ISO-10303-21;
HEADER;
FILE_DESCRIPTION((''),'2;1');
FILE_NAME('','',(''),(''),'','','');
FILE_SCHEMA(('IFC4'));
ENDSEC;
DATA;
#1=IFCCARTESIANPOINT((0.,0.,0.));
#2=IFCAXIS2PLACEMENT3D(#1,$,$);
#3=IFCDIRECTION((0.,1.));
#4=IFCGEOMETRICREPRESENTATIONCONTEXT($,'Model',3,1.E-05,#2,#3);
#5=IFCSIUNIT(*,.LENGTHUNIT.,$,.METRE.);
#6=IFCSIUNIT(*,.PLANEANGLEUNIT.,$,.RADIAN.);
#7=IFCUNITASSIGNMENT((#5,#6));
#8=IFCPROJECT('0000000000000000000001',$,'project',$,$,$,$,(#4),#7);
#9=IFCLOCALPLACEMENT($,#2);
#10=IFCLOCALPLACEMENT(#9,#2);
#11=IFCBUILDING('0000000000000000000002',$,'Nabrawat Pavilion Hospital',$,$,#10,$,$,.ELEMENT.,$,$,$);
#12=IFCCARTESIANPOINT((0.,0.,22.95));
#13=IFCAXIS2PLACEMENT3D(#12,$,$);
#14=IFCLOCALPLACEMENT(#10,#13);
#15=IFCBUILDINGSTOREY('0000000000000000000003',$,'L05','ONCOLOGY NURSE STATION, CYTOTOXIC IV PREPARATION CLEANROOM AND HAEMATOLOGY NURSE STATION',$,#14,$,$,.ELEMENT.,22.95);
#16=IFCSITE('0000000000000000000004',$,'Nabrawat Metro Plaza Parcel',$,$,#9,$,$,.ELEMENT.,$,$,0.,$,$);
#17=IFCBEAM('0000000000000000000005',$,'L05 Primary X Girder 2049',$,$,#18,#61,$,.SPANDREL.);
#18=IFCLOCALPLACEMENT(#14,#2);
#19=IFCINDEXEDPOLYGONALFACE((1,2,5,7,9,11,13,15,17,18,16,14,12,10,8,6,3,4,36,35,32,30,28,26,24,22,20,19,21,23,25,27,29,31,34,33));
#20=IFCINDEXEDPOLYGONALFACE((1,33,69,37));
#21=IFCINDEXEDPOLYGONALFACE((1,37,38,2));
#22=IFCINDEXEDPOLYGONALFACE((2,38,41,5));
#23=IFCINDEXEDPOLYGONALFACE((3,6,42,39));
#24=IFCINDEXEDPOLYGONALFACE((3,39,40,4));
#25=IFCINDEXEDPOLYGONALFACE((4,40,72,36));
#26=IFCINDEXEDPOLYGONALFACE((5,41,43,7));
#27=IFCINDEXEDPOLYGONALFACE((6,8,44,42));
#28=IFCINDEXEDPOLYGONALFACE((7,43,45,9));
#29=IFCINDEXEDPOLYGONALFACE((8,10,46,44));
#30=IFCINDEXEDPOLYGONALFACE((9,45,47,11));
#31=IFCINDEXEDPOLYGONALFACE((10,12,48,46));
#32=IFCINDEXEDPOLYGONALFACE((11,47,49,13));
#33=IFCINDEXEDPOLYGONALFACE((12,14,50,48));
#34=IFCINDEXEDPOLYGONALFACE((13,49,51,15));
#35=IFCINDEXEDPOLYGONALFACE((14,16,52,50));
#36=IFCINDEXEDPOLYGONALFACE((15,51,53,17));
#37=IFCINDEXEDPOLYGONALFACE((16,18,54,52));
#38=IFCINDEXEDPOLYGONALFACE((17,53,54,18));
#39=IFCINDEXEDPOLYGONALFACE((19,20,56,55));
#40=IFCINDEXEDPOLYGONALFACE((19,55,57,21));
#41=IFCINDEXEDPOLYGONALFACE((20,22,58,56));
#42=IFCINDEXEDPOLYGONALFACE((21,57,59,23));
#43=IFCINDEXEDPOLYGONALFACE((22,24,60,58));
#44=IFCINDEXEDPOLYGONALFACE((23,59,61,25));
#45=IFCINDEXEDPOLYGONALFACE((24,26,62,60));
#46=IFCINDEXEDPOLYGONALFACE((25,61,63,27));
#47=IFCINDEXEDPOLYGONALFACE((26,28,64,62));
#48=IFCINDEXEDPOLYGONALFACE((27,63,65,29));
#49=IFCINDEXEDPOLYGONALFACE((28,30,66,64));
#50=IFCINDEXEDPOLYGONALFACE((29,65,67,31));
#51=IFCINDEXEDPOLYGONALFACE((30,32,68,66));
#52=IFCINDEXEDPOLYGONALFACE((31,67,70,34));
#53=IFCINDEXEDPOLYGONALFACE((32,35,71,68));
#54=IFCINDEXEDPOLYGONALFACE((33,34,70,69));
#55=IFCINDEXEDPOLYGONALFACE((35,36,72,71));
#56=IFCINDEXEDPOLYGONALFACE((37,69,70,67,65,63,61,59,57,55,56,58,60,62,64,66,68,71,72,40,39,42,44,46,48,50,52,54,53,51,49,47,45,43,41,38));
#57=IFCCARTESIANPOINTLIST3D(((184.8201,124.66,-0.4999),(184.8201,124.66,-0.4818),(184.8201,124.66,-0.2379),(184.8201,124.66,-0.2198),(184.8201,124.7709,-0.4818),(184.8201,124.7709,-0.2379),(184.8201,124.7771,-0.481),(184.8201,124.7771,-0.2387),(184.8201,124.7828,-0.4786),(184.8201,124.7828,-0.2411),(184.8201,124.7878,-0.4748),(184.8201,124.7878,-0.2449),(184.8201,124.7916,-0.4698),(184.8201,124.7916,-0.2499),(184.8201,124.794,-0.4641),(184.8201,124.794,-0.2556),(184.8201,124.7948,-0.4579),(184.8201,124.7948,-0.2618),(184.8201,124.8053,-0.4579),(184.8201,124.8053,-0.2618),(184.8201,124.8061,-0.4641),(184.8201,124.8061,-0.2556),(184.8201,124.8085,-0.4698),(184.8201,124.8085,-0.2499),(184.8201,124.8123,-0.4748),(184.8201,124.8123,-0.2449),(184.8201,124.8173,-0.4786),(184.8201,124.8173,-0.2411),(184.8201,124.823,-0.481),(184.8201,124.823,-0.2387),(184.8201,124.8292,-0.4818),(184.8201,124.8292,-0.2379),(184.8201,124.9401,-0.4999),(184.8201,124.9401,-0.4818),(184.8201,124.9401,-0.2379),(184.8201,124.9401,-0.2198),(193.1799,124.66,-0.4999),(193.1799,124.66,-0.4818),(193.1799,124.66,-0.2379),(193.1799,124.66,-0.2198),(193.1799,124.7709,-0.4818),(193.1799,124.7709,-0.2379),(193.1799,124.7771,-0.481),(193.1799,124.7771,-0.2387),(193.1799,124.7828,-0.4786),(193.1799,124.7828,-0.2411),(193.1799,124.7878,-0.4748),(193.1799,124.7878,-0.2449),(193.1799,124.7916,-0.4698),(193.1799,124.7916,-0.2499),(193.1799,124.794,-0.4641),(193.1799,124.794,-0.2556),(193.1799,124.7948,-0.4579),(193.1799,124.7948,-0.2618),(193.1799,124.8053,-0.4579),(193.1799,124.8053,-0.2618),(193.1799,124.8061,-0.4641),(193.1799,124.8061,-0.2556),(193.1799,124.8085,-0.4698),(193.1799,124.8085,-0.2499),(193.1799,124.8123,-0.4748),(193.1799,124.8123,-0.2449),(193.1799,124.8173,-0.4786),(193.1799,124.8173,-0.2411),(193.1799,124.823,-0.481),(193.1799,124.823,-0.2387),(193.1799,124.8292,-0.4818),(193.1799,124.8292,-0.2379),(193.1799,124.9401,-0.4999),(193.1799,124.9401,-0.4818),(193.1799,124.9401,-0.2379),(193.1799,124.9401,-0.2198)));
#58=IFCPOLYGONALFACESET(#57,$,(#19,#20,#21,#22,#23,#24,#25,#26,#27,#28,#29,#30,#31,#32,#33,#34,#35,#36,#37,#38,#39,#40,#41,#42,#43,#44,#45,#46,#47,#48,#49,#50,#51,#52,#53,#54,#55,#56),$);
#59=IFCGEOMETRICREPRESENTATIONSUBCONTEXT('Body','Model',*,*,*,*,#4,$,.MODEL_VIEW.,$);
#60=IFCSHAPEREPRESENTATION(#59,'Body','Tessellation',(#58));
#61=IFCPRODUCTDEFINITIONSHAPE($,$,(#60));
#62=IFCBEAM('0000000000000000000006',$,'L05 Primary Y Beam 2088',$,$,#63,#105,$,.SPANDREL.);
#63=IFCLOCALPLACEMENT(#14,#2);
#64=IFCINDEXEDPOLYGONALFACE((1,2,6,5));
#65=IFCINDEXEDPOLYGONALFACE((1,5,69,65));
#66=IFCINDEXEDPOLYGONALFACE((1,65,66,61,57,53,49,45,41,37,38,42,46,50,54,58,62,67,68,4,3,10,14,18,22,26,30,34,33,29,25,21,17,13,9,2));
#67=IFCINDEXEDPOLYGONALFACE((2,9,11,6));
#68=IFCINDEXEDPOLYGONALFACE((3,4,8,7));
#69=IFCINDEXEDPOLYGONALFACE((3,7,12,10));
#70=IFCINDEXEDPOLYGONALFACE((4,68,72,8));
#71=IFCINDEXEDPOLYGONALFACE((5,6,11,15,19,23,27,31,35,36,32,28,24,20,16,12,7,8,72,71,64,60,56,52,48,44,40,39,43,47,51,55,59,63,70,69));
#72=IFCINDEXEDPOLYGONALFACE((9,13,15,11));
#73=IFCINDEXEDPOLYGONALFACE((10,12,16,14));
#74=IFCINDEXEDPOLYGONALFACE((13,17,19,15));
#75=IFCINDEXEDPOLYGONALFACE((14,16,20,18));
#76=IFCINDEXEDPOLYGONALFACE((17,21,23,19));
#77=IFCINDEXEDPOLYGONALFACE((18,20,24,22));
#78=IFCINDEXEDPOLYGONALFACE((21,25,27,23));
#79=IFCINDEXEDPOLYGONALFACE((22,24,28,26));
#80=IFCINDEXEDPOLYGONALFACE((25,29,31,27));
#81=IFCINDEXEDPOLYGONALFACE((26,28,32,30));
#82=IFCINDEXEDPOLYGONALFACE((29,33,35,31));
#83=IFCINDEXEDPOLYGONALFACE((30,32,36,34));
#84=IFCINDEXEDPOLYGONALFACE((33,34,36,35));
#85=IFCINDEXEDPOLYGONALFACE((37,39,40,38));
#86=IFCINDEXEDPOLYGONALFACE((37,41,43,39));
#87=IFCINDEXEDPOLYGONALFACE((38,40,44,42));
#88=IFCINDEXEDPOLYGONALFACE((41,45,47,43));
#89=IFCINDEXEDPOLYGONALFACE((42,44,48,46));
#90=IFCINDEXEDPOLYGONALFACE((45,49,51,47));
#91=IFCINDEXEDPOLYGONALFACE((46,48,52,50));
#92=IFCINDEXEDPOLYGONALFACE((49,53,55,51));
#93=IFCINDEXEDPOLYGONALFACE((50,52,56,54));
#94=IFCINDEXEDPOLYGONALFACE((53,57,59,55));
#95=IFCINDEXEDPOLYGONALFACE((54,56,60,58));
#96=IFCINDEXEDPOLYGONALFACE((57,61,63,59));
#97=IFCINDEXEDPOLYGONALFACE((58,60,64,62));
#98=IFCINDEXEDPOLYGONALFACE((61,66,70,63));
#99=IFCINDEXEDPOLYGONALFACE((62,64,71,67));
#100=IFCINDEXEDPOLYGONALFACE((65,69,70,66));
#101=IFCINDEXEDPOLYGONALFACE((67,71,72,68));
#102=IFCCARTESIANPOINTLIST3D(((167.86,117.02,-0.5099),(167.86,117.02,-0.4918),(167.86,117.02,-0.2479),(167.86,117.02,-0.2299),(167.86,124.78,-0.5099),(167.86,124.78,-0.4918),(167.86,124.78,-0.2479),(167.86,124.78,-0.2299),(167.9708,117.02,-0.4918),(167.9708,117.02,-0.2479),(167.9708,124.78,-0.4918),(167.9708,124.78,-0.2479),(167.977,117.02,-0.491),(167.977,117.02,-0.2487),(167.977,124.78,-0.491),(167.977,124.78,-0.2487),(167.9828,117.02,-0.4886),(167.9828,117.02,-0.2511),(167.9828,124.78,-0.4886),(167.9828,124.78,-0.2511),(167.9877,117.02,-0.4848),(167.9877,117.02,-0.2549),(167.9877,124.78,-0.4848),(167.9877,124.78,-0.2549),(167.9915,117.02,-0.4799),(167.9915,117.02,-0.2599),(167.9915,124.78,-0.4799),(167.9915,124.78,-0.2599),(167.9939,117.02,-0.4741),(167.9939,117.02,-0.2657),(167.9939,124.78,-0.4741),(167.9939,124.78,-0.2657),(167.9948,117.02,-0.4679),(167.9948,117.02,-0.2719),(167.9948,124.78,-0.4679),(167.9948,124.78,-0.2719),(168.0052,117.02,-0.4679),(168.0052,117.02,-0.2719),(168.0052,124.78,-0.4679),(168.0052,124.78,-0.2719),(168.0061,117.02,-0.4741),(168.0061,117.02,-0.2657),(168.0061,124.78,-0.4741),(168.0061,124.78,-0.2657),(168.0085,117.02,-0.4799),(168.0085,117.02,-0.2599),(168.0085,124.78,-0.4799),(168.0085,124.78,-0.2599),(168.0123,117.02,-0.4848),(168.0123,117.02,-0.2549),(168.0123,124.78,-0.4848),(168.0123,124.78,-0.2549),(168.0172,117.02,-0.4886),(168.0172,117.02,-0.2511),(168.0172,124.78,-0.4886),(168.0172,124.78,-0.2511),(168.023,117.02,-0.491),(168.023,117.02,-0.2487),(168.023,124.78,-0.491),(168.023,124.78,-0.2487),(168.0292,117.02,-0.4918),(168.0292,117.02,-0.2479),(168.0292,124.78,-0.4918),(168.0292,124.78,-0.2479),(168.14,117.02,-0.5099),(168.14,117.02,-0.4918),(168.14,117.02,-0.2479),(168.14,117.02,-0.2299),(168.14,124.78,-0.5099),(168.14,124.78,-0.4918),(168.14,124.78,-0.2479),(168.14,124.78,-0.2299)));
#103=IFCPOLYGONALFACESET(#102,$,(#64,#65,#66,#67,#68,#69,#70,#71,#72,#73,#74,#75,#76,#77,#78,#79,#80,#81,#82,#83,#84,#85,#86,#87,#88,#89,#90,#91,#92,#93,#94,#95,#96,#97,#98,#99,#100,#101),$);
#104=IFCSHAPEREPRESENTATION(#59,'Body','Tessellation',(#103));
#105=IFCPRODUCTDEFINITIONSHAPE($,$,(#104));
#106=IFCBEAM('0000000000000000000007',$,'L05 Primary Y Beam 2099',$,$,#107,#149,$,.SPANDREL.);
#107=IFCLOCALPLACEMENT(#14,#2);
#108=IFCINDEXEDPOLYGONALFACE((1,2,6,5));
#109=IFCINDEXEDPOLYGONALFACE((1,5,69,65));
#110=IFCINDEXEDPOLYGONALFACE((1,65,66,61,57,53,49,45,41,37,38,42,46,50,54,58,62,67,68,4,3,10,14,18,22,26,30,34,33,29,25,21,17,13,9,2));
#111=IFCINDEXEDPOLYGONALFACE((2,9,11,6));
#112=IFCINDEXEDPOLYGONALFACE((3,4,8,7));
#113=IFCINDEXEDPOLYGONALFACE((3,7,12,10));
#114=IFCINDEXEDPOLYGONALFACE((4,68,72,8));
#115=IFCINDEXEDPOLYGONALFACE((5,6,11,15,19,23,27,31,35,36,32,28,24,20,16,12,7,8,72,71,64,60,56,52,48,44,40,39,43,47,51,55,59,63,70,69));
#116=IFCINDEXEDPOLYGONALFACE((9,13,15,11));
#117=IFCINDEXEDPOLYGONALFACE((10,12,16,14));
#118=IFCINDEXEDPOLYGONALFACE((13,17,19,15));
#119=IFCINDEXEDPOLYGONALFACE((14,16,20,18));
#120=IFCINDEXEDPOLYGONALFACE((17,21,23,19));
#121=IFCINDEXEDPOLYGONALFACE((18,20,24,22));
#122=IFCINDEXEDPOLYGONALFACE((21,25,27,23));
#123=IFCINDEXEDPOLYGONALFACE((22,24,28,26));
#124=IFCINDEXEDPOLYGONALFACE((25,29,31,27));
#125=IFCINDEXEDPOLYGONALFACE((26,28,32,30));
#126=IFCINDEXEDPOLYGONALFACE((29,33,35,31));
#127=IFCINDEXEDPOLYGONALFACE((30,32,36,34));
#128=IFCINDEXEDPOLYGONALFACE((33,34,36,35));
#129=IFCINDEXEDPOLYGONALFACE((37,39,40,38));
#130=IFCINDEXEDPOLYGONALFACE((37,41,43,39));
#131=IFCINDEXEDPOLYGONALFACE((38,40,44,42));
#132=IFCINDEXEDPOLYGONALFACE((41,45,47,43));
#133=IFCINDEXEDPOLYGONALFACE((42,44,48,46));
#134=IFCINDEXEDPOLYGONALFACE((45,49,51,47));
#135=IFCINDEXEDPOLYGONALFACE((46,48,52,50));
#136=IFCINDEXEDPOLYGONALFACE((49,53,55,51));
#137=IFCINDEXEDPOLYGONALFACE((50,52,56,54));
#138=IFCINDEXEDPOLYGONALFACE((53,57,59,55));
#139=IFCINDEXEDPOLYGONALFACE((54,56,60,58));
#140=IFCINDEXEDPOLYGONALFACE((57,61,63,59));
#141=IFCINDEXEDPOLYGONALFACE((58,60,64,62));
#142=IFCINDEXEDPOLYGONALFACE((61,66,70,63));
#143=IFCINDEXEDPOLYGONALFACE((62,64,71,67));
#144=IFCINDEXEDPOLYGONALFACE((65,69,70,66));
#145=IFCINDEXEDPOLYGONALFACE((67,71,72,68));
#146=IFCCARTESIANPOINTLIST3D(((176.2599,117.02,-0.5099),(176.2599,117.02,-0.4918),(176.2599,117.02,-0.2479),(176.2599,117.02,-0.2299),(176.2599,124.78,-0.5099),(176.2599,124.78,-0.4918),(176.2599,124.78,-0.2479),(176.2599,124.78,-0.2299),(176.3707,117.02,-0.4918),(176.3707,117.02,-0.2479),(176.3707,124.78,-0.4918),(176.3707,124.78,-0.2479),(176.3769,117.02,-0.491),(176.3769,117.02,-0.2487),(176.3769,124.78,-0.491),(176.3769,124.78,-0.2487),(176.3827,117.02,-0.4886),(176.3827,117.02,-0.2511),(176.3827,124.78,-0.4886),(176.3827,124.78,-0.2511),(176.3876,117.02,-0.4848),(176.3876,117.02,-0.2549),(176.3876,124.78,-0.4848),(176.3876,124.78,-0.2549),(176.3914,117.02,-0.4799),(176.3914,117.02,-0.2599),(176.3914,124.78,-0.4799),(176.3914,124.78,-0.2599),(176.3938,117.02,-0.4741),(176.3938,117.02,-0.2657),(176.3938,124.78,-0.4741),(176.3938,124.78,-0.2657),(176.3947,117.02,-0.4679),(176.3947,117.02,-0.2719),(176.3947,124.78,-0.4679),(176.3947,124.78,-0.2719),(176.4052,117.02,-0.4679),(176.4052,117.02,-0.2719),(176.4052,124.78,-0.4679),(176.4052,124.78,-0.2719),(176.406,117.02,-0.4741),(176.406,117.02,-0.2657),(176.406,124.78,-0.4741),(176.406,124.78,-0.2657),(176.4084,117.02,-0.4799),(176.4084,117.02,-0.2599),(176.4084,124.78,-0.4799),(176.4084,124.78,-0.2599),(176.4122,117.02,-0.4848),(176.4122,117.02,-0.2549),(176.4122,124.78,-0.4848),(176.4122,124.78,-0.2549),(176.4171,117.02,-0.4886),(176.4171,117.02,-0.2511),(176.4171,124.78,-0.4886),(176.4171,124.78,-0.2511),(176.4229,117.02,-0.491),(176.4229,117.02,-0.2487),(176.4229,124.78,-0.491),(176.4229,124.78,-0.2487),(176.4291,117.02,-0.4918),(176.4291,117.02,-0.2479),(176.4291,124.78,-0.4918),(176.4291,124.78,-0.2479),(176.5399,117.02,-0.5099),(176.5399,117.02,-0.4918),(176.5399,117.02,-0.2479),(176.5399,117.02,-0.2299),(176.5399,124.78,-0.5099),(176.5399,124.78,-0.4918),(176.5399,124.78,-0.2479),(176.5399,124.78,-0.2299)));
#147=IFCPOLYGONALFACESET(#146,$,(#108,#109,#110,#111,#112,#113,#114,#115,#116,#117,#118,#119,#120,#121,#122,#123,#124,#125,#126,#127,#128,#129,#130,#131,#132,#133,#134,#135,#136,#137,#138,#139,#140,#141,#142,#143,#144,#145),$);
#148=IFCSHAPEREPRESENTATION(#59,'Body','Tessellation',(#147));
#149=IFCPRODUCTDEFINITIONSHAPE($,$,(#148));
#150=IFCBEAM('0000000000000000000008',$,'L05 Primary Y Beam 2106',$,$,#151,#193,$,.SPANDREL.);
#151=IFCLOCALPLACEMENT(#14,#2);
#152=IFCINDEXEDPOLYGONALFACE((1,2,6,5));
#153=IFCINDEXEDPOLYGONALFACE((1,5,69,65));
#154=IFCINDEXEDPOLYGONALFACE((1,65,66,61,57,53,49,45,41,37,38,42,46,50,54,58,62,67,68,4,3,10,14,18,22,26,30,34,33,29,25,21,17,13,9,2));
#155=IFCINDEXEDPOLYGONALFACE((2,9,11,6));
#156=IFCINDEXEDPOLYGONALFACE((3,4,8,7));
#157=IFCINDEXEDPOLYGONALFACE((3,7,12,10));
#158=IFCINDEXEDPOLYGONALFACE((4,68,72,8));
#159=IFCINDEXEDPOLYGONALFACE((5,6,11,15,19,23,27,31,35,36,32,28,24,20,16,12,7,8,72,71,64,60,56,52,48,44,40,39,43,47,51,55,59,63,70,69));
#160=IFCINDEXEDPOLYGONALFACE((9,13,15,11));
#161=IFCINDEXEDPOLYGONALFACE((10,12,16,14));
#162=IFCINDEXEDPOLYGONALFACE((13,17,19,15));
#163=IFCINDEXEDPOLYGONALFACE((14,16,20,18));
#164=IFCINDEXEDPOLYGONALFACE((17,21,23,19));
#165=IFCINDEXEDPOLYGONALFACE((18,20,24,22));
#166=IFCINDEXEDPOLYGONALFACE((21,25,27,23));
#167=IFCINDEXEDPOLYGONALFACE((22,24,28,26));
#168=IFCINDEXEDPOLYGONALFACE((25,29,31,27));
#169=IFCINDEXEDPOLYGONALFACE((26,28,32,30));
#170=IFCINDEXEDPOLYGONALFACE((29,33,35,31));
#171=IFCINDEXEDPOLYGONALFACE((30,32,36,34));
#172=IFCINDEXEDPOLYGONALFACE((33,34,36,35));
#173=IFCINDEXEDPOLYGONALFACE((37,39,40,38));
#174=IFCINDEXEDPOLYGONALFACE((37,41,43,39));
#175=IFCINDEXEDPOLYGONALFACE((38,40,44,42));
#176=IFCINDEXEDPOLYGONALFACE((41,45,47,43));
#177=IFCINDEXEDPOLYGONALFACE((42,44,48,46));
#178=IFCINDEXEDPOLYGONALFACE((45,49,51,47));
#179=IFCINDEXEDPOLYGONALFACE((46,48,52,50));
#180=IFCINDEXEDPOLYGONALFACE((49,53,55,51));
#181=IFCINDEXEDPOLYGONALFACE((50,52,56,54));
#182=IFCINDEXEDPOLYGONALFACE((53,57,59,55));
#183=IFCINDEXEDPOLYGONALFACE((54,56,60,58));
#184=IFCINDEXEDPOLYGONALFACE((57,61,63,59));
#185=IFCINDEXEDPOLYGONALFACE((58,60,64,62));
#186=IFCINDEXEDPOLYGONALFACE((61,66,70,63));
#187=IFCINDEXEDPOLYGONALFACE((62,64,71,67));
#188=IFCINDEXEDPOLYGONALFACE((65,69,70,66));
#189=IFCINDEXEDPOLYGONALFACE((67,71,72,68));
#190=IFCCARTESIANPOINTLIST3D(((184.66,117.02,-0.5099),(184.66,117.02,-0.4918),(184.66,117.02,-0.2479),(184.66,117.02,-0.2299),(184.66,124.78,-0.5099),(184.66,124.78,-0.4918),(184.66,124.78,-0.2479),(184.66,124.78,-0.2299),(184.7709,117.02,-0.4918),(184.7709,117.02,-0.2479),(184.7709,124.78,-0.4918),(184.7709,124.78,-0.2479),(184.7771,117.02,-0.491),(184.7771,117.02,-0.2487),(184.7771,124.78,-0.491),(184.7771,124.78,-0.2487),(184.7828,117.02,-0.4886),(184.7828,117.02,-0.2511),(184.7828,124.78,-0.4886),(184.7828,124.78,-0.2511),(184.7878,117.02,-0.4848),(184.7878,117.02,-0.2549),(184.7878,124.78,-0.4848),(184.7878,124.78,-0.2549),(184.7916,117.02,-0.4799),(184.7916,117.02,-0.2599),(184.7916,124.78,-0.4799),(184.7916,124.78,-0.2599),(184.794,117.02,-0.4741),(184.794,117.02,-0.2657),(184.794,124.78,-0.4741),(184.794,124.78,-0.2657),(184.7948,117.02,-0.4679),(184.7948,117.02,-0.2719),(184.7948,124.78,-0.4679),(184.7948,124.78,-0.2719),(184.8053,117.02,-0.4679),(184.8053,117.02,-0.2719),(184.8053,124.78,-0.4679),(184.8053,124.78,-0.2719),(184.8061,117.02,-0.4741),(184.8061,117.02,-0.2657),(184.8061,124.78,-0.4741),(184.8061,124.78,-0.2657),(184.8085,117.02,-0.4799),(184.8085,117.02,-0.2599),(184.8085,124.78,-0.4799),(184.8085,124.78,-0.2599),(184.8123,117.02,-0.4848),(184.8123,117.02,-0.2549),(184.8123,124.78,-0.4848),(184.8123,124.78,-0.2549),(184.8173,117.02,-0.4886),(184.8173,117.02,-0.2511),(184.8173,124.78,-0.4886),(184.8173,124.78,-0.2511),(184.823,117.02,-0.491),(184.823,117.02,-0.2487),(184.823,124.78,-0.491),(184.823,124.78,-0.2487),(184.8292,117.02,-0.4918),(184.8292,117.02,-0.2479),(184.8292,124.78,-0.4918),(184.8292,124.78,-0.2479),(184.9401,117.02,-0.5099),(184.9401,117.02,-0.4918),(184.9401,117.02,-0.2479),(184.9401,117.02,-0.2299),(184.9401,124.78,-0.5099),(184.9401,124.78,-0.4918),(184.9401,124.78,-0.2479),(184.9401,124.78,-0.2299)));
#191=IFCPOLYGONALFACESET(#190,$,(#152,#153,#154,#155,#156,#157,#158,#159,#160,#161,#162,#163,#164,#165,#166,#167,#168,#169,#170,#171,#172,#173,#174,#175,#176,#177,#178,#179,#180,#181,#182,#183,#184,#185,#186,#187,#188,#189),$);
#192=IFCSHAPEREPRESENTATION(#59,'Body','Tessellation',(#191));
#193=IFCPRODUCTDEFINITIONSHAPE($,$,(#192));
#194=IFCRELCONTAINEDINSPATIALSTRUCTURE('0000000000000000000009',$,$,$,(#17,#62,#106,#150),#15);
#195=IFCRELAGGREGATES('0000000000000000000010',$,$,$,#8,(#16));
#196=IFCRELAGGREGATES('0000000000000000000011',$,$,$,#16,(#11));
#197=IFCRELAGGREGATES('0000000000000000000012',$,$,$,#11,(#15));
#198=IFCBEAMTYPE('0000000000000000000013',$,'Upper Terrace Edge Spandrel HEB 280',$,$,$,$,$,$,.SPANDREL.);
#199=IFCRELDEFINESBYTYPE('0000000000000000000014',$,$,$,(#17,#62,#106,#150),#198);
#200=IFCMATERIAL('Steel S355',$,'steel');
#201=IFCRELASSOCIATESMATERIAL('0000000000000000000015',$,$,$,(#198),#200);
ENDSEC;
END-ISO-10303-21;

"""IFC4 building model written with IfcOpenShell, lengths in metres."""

from ifc_helpers import new_model, si_unit, direction, frame, origin, origin_2d, place, context, subcontext, project, spatial, i_section, extrude, material, material_profile, profile_set, type_object, element, save


model = new_model("IFC4")

# Units and contexts
model_context = context("Model", 3, precision=1e-05, world=origin(), true_north=direction((0.0, 1.0)))
body_context = subcontext(model_context, "Body", "Model", "MODEL_VIEW")
ifc_project = project(units=[si_unit("LENGTHUNIT", "METRE"), si_unit("PLANEANGLEUNIT", "RADIAN")], contexts=[model_context])

# Site, building, storey
site_placement = place(None, origin())
site = spatial("IfcSite", under=ifc_project, at=site_placement, Name="Nabrawat Metro Plaza Parcel", CompositionType="ELEMENT", RefElevation=0.0)
building_placement = place(site_placement, origin())
building = spatial("IfcBuilding", under=site, at=building_placement, Name="Nabrawat Pavilion Hospital", CompositionType="ELEMENT")
storey_placement = place(building_placement, frame((0.0, 0.0, 22.95)))
storey = spatial("IfcBuildingStorey", under=building, at=storey_placement, Name="L05", Description="ONCOLOGY NURSE STATION, CYTOTOXIC IV PREPARATION CLEANROOM AND HAEMATOLOGY NURSE STATION", CompositionType="ELEMENT", Elevation=22.95)

# Shared definitions
ifc_material_1 = material(Name="Steel S355", Category="steel")

# Beams
ifc_material_profile_1 = material_profile(ifc_material_1, i_section(OverallWidth=0.28, OverallDepth=0.28, WebThickness=0.0105, FlangeThickness=0.0181, FilletRadius=0.0239, at=origin_2d()), Name="HEB 280")
ifc_profile_set_1 = profile_set([ifc_material_profile_1], Name="Steel S355")
beam_type_1 = type_object("IfcBeamType", Name="Upper Terrace Edge Spandrel HEB 280", PredefinedType="SPANDREL", material=ifc_profile_set_1)
beam_1_placement = place(storey_placement, frame((184.8201, 124.8, -0.3599), z_axis=(1.0, 0.0, 0.0), x_axis=(0.0, 1.0, 0.0)))
element("IfcBeam", 1, at=beam_1_placement, inside=storey, type_object=beam_type_1, Name="L05 Primary X Girder 2049", PredefinedType="SPANDREL", context=body_context, shape_type="SweptSolid", body=[
    extrude(i_section(OverallWidth=0.28, OverallDepth=0.28, WebThickness=0.0105, FlangeThickness=0.0181, FilletRadius=0.0239, at=origin_2d()), origin(), (0.0, 0.0, 1.0), 8.3599),
])
for number, where, z_axis, x_axis, name in (
    (2, (168.0, 117.02, -0.3699), (0.0, 1.0, 0.0), (-1.0, 0.0, 0.0), "L05 Primary Y Beam 2088"),
    (3, (176.3999, 117.02, -0.3699), (0.0, 1.0, 0.0), (-1.0, 0.0, 0.0), "L05 Primary Y Beam 2099"),
    (4, (184.8, 117.02, -0.3699), (0.0, 1.0, 0.0), (-1.0, 0.0, 0.0), "L05 Primary Y Beam 2106"),
):
    element("IfcBeam", number, at=place(storey_placement, frame(where, z_axis=z_axis, x_axis=x_axis)), inside=storey, type_object=beam_type_1, Name=name, PredefinedType="SPANDREL", context=body_context, shape_type="SweptSolid", body=[
        extrude(i_section(OverallWidth=0.28, OverallDepth=0.28, WebThickness=0.0105, FlangeThickness=0.0181, FilletRadius=0.0239, at=origin_2d()), origin(), (0.0, 0.0, 1.0), 7.76),
    ])

save(model, "model.ifc")
